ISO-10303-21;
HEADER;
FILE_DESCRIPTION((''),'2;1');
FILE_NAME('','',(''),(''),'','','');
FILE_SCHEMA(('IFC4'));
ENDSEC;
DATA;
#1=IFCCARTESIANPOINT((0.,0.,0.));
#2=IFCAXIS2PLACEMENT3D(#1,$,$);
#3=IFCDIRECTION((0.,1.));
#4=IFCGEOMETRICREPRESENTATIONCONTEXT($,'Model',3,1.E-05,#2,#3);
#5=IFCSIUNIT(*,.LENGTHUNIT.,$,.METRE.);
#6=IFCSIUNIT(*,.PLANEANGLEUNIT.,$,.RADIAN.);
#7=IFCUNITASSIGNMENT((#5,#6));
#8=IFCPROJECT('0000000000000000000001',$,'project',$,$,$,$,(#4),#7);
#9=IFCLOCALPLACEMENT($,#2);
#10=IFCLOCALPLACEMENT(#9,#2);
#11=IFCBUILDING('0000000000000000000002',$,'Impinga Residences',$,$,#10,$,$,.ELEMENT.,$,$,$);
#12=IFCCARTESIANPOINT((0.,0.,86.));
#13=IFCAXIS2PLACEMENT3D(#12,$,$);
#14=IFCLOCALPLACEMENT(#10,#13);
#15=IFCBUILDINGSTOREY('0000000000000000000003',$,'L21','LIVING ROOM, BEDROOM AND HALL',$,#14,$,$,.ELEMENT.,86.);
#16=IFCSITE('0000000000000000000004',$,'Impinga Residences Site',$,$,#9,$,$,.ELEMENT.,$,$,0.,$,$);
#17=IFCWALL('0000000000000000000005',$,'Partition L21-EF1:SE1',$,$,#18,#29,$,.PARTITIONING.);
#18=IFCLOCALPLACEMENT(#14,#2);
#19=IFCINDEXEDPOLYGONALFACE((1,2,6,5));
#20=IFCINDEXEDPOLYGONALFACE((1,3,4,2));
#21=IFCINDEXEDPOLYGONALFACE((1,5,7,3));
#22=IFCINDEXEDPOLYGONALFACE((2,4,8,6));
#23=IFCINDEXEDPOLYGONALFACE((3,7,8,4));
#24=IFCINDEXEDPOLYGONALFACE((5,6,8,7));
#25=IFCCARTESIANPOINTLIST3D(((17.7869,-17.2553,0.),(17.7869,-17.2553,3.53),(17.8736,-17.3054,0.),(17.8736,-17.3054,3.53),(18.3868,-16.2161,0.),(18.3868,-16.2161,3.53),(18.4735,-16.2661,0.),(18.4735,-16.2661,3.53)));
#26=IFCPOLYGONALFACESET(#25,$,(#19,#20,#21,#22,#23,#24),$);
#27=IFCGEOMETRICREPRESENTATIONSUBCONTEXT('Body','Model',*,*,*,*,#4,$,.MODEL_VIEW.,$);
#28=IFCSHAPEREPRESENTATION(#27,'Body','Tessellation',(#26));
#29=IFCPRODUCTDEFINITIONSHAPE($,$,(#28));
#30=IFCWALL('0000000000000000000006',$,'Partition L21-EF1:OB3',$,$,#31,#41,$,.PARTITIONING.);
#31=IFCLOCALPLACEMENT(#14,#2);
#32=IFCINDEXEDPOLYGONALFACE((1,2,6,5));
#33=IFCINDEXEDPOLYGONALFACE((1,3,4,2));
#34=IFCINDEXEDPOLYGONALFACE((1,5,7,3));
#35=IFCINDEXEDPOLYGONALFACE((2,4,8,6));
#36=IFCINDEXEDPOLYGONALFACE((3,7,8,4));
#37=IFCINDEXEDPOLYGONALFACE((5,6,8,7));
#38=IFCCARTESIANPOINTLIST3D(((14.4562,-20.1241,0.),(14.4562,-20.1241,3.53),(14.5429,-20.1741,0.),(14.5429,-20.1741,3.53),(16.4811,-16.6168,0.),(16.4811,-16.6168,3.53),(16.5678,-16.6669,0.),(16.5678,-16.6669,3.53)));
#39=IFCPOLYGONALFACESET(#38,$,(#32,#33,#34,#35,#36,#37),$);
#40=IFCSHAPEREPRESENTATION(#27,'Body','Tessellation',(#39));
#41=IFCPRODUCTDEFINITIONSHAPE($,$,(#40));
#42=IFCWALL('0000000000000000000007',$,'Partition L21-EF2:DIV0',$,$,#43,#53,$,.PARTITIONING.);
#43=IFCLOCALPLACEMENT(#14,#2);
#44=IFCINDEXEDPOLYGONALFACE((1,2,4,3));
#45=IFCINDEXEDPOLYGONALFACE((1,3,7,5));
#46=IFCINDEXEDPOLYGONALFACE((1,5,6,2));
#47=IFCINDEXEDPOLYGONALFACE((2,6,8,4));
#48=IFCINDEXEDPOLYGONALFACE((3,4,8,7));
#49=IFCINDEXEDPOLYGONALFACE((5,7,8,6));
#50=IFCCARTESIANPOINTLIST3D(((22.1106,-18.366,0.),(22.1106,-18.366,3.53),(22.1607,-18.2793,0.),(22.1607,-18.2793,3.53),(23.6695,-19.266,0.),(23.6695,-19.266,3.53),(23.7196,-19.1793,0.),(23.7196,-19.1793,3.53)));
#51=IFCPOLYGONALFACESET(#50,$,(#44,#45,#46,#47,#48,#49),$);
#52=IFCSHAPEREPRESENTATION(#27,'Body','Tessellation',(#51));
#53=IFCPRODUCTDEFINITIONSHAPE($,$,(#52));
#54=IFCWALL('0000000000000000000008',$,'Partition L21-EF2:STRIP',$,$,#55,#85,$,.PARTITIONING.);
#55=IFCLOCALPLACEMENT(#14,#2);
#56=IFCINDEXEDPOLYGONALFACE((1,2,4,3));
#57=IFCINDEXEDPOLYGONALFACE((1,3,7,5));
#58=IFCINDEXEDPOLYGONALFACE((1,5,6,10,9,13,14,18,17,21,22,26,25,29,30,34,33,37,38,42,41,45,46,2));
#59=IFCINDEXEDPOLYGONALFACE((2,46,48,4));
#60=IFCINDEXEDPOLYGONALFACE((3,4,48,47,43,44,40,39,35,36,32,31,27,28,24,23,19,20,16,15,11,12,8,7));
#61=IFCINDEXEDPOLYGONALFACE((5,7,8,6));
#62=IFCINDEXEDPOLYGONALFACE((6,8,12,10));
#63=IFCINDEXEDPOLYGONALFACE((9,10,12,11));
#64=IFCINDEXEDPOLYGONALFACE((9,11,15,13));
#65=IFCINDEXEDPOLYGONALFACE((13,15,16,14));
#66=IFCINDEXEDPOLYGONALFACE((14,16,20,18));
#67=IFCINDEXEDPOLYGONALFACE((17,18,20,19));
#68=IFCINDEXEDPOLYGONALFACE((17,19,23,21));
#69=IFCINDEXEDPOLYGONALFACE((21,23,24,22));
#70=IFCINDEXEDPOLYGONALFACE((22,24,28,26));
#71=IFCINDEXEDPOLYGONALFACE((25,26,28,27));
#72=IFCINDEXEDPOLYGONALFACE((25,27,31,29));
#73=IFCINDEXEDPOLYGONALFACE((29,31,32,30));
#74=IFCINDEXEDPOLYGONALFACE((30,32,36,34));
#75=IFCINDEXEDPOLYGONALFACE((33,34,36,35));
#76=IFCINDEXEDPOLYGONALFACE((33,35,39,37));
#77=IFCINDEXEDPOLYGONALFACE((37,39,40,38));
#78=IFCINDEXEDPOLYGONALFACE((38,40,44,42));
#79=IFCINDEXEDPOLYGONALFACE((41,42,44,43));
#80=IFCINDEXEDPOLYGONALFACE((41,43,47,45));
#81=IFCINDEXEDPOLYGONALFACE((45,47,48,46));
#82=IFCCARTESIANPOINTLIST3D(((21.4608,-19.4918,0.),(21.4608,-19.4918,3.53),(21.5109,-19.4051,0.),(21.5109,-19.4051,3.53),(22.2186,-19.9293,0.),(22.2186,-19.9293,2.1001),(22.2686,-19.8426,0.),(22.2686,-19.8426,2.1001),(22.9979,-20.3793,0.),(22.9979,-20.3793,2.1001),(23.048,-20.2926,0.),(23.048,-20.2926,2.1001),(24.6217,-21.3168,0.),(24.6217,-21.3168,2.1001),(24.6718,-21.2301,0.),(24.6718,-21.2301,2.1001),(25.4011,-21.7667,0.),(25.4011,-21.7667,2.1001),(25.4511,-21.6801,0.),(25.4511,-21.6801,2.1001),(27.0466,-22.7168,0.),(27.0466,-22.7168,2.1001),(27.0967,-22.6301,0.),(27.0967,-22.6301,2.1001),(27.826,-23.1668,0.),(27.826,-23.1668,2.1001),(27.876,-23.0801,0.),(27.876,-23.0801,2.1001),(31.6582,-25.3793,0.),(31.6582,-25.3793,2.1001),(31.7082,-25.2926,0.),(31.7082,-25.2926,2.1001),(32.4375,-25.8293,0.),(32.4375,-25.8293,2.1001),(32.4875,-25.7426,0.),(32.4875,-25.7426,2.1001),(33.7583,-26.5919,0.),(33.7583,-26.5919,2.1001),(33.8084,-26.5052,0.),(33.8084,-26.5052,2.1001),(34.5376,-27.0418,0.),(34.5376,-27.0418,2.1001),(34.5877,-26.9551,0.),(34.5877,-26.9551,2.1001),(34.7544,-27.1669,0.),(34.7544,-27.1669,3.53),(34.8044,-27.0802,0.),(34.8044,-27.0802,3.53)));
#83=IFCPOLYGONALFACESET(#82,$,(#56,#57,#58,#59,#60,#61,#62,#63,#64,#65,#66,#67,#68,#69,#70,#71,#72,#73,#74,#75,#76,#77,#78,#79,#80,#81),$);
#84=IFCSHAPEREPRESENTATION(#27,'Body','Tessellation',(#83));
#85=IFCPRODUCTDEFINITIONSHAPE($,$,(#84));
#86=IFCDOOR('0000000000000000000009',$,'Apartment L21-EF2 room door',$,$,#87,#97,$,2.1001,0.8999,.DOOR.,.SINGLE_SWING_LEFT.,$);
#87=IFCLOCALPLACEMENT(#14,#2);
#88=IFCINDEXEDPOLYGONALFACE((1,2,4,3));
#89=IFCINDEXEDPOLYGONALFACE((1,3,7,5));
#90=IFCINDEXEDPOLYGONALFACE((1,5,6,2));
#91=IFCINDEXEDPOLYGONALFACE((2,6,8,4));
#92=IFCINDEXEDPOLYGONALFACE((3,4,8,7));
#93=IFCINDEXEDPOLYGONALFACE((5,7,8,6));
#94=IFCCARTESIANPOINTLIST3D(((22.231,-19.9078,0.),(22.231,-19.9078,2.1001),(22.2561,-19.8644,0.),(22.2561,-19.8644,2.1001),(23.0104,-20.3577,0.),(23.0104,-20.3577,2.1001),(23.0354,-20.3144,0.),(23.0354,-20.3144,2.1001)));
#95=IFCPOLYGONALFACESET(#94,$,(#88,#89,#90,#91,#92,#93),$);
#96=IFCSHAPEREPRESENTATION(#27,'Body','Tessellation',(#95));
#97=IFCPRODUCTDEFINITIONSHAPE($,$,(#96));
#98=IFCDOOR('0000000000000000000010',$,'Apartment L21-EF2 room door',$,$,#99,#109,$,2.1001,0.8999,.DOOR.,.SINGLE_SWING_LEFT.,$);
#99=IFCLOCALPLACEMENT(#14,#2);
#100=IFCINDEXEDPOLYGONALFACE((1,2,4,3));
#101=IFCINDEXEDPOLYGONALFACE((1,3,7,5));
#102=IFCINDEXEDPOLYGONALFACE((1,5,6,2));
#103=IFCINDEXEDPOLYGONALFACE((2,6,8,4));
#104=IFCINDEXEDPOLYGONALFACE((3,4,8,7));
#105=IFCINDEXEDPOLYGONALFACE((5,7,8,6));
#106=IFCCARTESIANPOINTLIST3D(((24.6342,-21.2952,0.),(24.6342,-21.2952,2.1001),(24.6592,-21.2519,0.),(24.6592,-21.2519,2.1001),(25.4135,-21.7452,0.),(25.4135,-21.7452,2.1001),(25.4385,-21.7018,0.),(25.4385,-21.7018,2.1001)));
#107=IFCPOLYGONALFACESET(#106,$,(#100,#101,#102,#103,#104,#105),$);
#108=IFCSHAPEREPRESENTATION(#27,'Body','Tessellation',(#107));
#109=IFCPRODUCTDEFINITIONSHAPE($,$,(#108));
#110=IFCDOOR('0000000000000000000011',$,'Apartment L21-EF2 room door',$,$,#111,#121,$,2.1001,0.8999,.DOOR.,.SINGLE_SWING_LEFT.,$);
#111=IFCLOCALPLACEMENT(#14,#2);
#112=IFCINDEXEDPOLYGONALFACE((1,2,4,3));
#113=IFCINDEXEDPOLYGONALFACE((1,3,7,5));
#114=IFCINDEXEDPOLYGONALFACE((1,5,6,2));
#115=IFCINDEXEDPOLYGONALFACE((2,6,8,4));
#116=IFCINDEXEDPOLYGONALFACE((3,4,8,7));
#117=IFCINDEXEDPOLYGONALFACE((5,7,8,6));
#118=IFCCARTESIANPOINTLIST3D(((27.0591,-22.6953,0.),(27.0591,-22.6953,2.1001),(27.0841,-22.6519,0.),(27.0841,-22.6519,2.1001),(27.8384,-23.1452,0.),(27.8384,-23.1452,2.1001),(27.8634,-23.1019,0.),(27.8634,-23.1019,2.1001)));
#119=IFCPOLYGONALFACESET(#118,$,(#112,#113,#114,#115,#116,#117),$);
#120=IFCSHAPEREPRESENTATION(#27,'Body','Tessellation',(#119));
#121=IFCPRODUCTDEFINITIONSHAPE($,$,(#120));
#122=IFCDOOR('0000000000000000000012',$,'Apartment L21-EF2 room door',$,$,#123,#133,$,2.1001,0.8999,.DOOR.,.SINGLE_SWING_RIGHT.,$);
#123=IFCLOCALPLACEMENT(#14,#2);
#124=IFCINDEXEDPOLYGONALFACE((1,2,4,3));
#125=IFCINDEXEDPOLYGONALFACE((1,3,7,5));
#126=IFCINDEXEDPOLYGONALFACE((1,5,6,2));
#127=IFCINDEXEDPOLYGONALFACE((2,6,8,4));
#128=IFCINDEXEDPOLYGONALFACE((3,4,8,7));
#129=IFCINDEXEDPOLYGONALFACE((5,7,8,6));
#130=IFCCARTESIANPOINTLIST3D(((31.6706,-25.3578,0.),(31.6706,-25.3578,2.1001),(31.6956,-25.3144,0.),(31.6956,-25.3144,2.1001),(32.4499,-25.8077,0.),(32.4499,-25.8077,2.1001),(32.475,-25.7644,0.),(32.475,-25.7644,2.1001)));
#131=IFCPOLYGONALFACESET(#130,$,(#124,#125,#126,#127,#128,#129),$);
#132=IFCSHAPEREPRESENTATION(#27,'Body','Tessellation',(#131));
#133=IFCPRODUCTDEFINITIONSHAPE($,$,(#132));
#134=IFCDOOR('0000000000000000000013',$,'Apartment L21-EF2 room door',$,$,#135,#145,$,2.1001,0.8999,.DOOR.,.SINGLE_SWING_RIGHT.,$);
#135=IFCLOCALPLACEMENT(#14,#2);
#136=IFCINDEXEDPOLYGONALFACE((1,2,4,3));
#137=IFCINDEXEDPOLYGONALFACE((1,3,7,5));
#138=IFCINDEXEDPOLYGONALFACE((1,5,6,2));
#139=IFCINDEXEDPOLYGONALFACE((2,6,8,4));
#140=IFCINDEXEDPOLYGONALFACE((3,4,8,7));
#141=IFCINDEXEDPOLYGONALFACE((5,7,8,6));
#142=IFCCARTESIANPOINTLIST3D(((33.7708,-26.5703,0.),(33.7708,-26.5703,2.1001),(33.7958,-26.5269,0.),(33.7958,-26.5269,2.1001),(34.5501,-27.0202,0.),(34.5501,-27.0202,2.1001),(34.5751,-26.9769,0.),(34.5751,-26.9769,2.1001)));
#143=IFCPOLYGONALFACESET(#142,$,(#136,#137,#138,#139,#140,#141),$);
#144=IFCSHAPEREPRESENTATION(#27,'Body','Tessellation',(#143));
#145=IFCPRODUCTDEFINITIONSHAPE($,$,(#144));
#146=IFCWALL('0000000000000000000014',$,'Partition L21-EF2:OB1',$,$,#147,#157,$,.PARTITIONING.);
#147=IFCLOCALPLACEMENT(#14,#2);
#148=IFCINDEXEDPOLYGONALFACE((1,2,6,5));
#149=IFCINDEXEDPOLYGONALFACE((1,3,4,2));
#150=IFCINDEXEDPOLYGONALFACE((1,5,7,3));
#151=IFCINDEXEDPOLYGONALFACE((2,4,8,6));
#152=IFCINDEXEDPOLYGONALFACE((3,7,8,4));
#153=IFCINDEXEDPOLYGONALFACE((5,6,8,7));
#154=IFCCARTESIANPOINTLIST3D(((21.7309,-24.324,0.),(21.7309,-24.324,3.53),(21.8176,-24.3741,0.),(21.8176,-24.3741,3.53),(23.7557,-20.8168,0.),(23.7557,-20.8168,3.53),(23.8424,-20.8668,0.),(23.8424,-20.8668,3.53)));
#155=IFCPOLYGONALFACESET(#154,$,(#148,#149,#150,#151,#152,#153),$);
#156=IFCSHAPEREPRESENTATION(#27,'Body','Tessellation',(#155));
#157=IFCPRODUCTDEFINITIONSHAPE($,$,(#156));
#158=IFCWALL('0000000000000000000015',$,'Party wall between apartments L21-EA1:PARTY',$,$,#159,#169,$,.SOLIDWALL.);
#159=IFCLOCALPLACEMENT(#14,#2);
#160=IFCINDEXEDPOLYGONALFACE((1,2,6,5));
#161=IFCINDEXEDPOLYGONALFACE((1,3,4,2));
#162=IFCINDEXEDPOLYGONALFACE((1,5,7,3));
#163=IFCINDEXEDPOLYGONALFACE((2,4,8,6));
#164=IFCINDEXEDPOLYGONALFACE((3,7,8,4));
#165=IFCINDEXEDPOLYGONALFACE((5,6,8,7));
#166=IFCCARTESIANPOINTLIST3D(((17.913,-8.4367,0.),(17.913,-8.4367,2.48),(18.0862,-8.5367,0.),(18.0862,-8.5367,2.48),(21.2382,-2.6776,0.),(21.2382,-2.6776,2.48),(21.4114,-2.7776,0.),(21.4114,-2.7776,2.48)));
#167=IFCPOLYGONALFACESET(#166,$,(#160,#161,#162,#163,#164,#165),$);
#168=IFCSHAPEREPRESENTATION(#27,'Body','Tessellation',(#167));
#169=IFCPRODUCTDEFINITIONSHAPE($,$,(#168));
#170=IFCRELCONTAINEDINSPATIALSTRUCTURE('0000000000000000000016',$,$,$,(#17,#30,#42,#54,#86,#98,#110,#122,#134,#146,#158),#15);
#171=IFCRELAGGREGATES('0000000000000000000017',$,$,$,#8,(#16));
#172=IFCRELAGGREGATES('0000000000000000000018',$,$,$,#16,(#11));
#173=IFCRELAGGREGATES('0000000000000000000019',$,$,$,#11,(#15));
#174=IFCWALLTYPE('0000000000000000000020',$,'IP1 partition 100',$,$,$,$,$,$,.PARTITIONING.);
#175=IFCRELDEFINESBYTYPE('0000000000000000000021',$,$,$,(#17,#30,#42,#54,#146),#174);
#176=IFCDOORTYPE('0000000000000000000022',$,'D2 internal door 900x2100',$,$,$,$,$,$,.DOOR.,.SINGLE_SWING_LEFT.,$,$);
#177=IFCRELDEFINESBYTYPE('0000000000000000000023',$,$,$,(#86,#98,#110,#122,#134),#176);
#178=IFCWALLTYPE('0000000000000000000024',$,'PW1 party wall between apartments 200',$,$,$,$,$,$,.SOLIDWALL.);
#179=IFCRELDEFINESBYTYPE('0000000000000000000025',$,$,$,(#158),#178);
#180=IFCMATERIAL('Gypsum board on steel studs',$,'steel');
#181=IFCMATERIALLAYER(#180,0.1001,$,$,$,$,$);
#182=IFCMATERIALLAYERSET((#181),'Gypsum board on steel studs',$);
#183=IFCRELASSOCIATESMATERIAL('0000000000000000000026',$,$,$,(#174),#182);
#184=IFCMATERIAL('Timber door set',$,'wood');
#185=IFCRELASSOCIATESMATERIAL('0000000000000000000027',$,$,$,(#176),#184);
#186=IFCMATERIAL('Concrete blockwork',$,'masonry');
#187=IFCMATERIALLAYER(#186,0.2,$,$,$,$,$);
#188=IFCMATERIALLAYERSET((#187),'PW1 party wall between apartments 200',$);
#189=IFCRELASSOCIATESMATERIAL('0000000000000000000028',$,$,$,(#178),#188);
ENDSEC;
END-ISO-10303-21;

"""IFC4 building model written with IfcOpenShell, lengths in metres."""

from ifc_helpers import new_model, si_unit, direction, frame, frame_2d, origin, place, context, subcontext, project, spatial, rectangle, extrude, material, layer, layer_set, type_object, element, fill, save


model = new_model("IFC4")

# Units and contexts
model_context = context("Model", 3, precision=1e-05, world=origin(), true_north=direction((0.0, 1.0)))
body_context = subcontext(model_context, "Body", "Model", "MODEL_VIEW")
ifc_project = project(units=[si_unit("LENGTHUNIT", "METRE"), si_unit("PLANEANGLEUNIT", "RADIAN")], contexts=[model_context])

# Site, building, storey
site_placement = place(None, origin())
site = spatial("IfcSite", under=ifc_project, at=site_placement, Name="Impinga Residences Site", CompositionType="ELEMENT", RefElevation=0.0)
building_placement = place(site_placement, origin())
building = spatial("IfcBuilding", under=site, at=building_placement, Name="Impinga Residences", CompositionType="ELEMENT")
storey_placement = place(building_placement, frame((0.0, 0.0, 86.0)))
storey = spatial("IfcBuildingStorey", under=building, at=storey_placement, Name="L21", Description="LIVING ROOM, BEDROOM AND HALL", CompositionType="ELEMENT", Elevation=86.0)

# Shared definitions
ifc_material_1 = material(Name="Concrete blockwork", Category="masonry")
ifc_material_2 = material(Name="Timber door set", Category="wood")

# Shared definitions
ifc_material_3 = material(Name="Gypsum board on steel studs", Category="steel")
ifc_layer_1 = layer(ifc_material_3, 0.1001)
ifc_layer_set_1 = layer_set([ifc_layer_1], Name="Gypsum board on steel studs")
wall_type_1 = type_object("IfcWallType", Name="IP1 partition 100", PredefinedType="PARTITIONING", material=ifc_layer_set_1)

# Shared definitions
door_type_1 = type_object("IfcDoorType", Name="D2 internal door 900x2100", OperationType="SINGLE_SWING_LEFT", PredefinedType="DOOR", material=ifc_material_2)

# Walls
wall_1_placement = place(storey_placement, frame((18.4302, -16.241, 0.0), z_axis=(0.0, 0.0, 1.0), x_axis=(-0.499881, -0.866094, 0.0)))
element("IfcWall", 1, at=wall_1_placement, inside=storey, type_object=wall_type_1, Name="Partition L21-EF1:SE1", PredefinedType="PARTITIONING", context=body_context, shape_type="SweptSolid", body=[
    extrude(rectangle(XDim=1.2, YDim=0.1001, at=frame_2d((0.6001, 0.0))), origin(), (0.0, 0.0, 1.0), 3.53),
])
wall_2_placement = place(storey_placement, frame((16.5244, -16.6418, 0.0), z_axis=(0.0, 0.0, 1.0), x_axis=(-0.49999, -0.866031, 0.0)))
element("IfcWall", 2, at=wall_2_placement, inside=storey, type_object=wall_type_1, Name="Partition L21-EF1:OB3", PredefinedType="PARTITIONING", context=body_context, shape_type="SweptSolid", body=[
    extrude(rectangle(XDim=4.0498, YDim=0.1001, at=frame_2d((2.0249, 0.0))), origin(), (0.0, 0.0, 1.0), 3.53),
])
wall_3_placement = place(storey_placement, frame((22.1357, -18.3228, 0.0), z_axis=(0.0, 0.0, 1.0), x_axis=(0.866048, -0.499961, 0.0)))
element("IfcWall", 3, at=wall_3_placement, inside=storey, type_object=wall_type_1, Name="Partition L21-EF2:DIV0", PredefinedType="PARTITIONING", context=body_context, shape_type="SweptSolid", body=[
    extrude(rectangle(XDim=1.8, YDim=0.1001, at=frame_2d((0.8999, 0.0))), origin(), (0.0, 0.0, 1.0), 3.53),
])

# Wall, openings, doors
wall_4_placement = place(storey_placement, frame((21.4858, -19.4485, 0.0), z_axis=(0.0, 0.0, 1.0), x_axis=(0.866023, -0.500003, 0.0)))
wall_4 = element("IfcWall", 4, at=wall_4_placement, inside=storey, type_object=wall_type_1, Name="Partition L21-EF2:STRIP", PredefinedType="PARTITIONING", context=body_context, shape_type="SweptSolid", body=[
    extrude(rectangle(XDim=15.3501, YDim=0.1001, at=frame_2d((7.675, 0.0))), origin(), (0.0, 0.0, 1.0), 3.53),
])
opening_1_placement = place(wall_4_placement, frame((0.875, 0.0, 0.0)))
opening_1 = element("IfcOpeningElement", 5, at=opening_1_placement, cuts=wall_4, PredefinedType="OPENING", context=body_context, shape_type="SweptSolid", body=[
    extrude(rectangle(XDim=0.8999, YDim=2.1001, at=frame_2d((0.45, 1.05))), frame((0.0, 0.0601, 0.0), z_axis=(0.0, -1.0, 0.0), x_axis=(1.0, 0.0, 0.0)), (0.0, 0.0, 1.0), 0.1201),
])
opening_2_placement = place(wall_4_placement, frame((3.6499, 0.0, 0.0)))
opening_2 = element("IfcOpeningElement", 6, at=opening_2_placement, cuts=wall_4, PredefinedType="OPENING", context=body_context, shape_type="SweptSolid", body=[
    extrude(rectangle(XDim=0.8999, YDim=2.1001, at=frame_2d((0.45, 1.05))), frame((0.0, 0.0601, 0.0), z_axis=(0.0, -1.0, 0.0), x_axis=(1.0, 0.0, 0.0)), (0.0, 0.0, 1.0), 0.1201),
])
opening_3_placement = place(wall_4_placement, frame((6.45, 0.0, 0.0)))
opening_3 = element("IfcOpeningElement", 7, at=opening_3_placement, cuts=wall_4, PredefinedType="OPENING", context=body_context, shape_type="SweptSolid", body=[
    extrude(rectangle(XDim=0.8999, YDim=2.1001, at=frame_2d((0.45, 1.05))), frame((0.0, 0.0601, 0.0), z_axis=(0.0, -1.0, 0.0), x_axis=(1.0, 0.0, 0.0)), (0.0, 0.0, 1.0), 0.1201),
])
opening_4_placement = place(wall_4_placement, frame((11.7749, 0.0, 0.0)))
opening_4 = element("IfcOpeningElement", 8, at=opening_4_placement, cuts=wall_4, PredefinedType="OPENING", context=body_context, shape_type="SweptSolid", body=[
    extrude(rectangle(XDim=0.8999, YDim=2.1001, at=frame_2d((0.45, 1.05))), frame((0.0, 0.0601, 0.0), z_axis=(0.0, -1.0, 0.0), x_axis=(1.0, 0.0, 0.0)), (0.0, 0.0, 1.0), 0.1201),
])
opening_5_placement = place(wall_4_placement, frame((14.2, 0.0, 0.0)))
opening_5 = element("IfcOpeningElement", 9, at=opening_5_placement, cuts=wall_4, PredefinedType="OPENING", context=body_context, shape_type="SweptSolid", body=[
    extrude(rectangle(XDim=0.8999, YDim=2.1001, at=frame_2d((0.45, 1.05))), frame((0.0, 0.0601, 0.0), z_axis=(0.0, -1.0, 0.0), x_axis=(1.0, 0.0, 0.0)), (0.0, 0.0, 1.0), 0.1201),
])
door_1_placement = place(opening_1_placement, origin())
door_1 = element("IfcDoor", 10, at=door_1_placement, inside=storey, type_object=door_type_1, Name="Apartment L21-EF2 room door", OperationType="SINGLE_SWING_LEFT", OverallHeight=2.1001, OverallWidth=0.8999, PredefinedType="DOOR", context=body_context, shape_type="SweptSolid", body=[
    extrude(rectangle(XDim=0.8999, YDim=2.1001, at=frame_2d((0.45, 1.05))), frame((0.0, 0.0249, 0.0), z_axis=(0.0, -1.0, 0.0), x_axis=(1.0, 0.0, 0.0)), (0.0, 0.0, 1.0), 0.05),
])
fill(opening_1, door_1)
door_2_placement = place(opening_2_placement, origin())
door_2 = element("IfcDoor", 11, at=door_2_placement, inside=storey, type_object=door_type_1, Name="Apartment L21-EF2 room door", OperationType="SINGLE_SWING_LEFT", OverallHeight=2.1001, OverallWidth=0.8999, PredefinedType="DOOR", context=body_context, shape_type="SweptSolid", body=[
    extrude(rectangle(XDim=0.8999, YDim=2.1001, at=frame_2d((0.45, 1.05))), frame((0.0, 0.0249, 0.0), z_axis=(0.0, -1.0, 0.0), x_axis=(1.0, 0.0, 0.0)), (0.0, 0.0, 1.0), 0.05),
])
fill(opening_2, door_2)
door_3_placement = place(opening_3_placement, origin())
door_3 = element("IfcDoor", 12, at=door_3_placement, inside=storey, type_object=door_type_1, Name="Apartment L21-EF2 room door", OperationType="SINGLE_SWING_LEFT", OverallHeight=2.1001, OverallWidth=0.8999, PredefinedType="DOOR", context=body_context, shape_type="SweptSolid", body=[
    extrude(rectangle(XDim=0.8999, YDim=2.1001, at=frame_2d((0.45, 1.05))), frame((0.0, 0.0249, 0.0), z_axis=(0.0, -1.0, 0.0), x_axis=(1.0, 0.0, 0.0)), (0.0, 0.0, 1.0), 0.05),
])
fill(opening_3, door_3)
door_4_placement = place(opening_4_placement, origin())
door_4 = element("IfcDoor", 13, at=door_4_placement, inside=storey, type_object=door_type_1, Name="Apartment L21-EF2 room door", OperationType="SINGLE_SWING_RIGHT", OverallHeight=2.1001, OverallWidth=0.8999, PredefinedType="DOOR", context=body_context, shape_type="SweptSolid", body=[
    extrude(rectangle(XDim=0.8999, YDim=2.1001, at=frame_2d((0.45, 1.05))), frame((0.0, 0.0249, 0.0), z_axis=(0.0, -1.0, 0.0), x_axis=(1.0, 0.0, 0.0)), (0.0, 0.0, 1.0), 0.05),
])
fill(opening_4, door_4)
door_5_placement = place(opening_5_placement, origin())
door_5 = element("IfcDoor", 14, at=door_5_placement, inside=storey, type_object=door_type_1, Name="Apartment L21-EF2 room door", OperationType="SINGLE_SWING_RIGHT", OverallHeight=2.1001, OverallWidth=0.8999, PredefinedType="DOOR", context=body_context, shape_type="SweptSolid", body=[
    extrude(rectangle(XDim=0.8999, YDim=2.1001, at=frame_2d((0.45, 1.05))), frame((0.0, 0.0249, 0.0), z_axis=(0.0, -1.0, 0.0), x_axis=(1.0, 0.0, 0.0)), (0.0, 0.0, 1.0), 0.05),
])
fill(opening_5, door_5)

# Walls
wall_5_placement = place(storey_placement, frame((23.7991, -20.8418, 0.0), z_axis=(0.0, 0.0, 1.0), x_axis=(-0.49999, -0.866031, 0.0)))
element("IfcWall", 15, at=wall_5_placement, inside=storey, type_object=wall_type_1, Name="Partition L21-EF2:OB1", PredefinedType="PARTITIONING", context=body_context, shape_type="SweptSolid", body=[
    extrude(rectangle(XDim=4.0498, YDim=0.1001, at=frame_2d((2.0249, 0.0))), origin(), (0.0, 0.0, 1.0), 3.53),
])
ifc_layer_2 = layer(ifc_material_1, 0.2)
ifc_layer_set_2 = layer_set([ifc_layer_2], Name="PW1 party wall between apartments 200")
wall_type_2 = type_object("IfcWallType", Name="PW1 party wall between apartments 200", PredefinedType="SOLIDWALL", material=ifc_layer_set_2)
wall_6_placement = place(storey_placement, frame((17.9995, -8.4868, 0.0), z_axis=(0.0, 0.0, 1.0), x_axis=(0.500024, 0.866011, 0.0)))
element("IfcWall", 16, at=wall_6_placement, inside=storey, type_object=wall_type_2, Name="Party wall between apartments L21-EA1:PARTY", PredefinedType="SOLIDWALL", context=body_context, shape_type="SweptSolid", body=[
    extrude(rectangle(XDim=6.6501, YDim=0.2, at=frame_2d((3.3252, 0.0))), origin(), (0.0, 0.0, 1.0), 2.48),
])

save(model, "model.ifc")
